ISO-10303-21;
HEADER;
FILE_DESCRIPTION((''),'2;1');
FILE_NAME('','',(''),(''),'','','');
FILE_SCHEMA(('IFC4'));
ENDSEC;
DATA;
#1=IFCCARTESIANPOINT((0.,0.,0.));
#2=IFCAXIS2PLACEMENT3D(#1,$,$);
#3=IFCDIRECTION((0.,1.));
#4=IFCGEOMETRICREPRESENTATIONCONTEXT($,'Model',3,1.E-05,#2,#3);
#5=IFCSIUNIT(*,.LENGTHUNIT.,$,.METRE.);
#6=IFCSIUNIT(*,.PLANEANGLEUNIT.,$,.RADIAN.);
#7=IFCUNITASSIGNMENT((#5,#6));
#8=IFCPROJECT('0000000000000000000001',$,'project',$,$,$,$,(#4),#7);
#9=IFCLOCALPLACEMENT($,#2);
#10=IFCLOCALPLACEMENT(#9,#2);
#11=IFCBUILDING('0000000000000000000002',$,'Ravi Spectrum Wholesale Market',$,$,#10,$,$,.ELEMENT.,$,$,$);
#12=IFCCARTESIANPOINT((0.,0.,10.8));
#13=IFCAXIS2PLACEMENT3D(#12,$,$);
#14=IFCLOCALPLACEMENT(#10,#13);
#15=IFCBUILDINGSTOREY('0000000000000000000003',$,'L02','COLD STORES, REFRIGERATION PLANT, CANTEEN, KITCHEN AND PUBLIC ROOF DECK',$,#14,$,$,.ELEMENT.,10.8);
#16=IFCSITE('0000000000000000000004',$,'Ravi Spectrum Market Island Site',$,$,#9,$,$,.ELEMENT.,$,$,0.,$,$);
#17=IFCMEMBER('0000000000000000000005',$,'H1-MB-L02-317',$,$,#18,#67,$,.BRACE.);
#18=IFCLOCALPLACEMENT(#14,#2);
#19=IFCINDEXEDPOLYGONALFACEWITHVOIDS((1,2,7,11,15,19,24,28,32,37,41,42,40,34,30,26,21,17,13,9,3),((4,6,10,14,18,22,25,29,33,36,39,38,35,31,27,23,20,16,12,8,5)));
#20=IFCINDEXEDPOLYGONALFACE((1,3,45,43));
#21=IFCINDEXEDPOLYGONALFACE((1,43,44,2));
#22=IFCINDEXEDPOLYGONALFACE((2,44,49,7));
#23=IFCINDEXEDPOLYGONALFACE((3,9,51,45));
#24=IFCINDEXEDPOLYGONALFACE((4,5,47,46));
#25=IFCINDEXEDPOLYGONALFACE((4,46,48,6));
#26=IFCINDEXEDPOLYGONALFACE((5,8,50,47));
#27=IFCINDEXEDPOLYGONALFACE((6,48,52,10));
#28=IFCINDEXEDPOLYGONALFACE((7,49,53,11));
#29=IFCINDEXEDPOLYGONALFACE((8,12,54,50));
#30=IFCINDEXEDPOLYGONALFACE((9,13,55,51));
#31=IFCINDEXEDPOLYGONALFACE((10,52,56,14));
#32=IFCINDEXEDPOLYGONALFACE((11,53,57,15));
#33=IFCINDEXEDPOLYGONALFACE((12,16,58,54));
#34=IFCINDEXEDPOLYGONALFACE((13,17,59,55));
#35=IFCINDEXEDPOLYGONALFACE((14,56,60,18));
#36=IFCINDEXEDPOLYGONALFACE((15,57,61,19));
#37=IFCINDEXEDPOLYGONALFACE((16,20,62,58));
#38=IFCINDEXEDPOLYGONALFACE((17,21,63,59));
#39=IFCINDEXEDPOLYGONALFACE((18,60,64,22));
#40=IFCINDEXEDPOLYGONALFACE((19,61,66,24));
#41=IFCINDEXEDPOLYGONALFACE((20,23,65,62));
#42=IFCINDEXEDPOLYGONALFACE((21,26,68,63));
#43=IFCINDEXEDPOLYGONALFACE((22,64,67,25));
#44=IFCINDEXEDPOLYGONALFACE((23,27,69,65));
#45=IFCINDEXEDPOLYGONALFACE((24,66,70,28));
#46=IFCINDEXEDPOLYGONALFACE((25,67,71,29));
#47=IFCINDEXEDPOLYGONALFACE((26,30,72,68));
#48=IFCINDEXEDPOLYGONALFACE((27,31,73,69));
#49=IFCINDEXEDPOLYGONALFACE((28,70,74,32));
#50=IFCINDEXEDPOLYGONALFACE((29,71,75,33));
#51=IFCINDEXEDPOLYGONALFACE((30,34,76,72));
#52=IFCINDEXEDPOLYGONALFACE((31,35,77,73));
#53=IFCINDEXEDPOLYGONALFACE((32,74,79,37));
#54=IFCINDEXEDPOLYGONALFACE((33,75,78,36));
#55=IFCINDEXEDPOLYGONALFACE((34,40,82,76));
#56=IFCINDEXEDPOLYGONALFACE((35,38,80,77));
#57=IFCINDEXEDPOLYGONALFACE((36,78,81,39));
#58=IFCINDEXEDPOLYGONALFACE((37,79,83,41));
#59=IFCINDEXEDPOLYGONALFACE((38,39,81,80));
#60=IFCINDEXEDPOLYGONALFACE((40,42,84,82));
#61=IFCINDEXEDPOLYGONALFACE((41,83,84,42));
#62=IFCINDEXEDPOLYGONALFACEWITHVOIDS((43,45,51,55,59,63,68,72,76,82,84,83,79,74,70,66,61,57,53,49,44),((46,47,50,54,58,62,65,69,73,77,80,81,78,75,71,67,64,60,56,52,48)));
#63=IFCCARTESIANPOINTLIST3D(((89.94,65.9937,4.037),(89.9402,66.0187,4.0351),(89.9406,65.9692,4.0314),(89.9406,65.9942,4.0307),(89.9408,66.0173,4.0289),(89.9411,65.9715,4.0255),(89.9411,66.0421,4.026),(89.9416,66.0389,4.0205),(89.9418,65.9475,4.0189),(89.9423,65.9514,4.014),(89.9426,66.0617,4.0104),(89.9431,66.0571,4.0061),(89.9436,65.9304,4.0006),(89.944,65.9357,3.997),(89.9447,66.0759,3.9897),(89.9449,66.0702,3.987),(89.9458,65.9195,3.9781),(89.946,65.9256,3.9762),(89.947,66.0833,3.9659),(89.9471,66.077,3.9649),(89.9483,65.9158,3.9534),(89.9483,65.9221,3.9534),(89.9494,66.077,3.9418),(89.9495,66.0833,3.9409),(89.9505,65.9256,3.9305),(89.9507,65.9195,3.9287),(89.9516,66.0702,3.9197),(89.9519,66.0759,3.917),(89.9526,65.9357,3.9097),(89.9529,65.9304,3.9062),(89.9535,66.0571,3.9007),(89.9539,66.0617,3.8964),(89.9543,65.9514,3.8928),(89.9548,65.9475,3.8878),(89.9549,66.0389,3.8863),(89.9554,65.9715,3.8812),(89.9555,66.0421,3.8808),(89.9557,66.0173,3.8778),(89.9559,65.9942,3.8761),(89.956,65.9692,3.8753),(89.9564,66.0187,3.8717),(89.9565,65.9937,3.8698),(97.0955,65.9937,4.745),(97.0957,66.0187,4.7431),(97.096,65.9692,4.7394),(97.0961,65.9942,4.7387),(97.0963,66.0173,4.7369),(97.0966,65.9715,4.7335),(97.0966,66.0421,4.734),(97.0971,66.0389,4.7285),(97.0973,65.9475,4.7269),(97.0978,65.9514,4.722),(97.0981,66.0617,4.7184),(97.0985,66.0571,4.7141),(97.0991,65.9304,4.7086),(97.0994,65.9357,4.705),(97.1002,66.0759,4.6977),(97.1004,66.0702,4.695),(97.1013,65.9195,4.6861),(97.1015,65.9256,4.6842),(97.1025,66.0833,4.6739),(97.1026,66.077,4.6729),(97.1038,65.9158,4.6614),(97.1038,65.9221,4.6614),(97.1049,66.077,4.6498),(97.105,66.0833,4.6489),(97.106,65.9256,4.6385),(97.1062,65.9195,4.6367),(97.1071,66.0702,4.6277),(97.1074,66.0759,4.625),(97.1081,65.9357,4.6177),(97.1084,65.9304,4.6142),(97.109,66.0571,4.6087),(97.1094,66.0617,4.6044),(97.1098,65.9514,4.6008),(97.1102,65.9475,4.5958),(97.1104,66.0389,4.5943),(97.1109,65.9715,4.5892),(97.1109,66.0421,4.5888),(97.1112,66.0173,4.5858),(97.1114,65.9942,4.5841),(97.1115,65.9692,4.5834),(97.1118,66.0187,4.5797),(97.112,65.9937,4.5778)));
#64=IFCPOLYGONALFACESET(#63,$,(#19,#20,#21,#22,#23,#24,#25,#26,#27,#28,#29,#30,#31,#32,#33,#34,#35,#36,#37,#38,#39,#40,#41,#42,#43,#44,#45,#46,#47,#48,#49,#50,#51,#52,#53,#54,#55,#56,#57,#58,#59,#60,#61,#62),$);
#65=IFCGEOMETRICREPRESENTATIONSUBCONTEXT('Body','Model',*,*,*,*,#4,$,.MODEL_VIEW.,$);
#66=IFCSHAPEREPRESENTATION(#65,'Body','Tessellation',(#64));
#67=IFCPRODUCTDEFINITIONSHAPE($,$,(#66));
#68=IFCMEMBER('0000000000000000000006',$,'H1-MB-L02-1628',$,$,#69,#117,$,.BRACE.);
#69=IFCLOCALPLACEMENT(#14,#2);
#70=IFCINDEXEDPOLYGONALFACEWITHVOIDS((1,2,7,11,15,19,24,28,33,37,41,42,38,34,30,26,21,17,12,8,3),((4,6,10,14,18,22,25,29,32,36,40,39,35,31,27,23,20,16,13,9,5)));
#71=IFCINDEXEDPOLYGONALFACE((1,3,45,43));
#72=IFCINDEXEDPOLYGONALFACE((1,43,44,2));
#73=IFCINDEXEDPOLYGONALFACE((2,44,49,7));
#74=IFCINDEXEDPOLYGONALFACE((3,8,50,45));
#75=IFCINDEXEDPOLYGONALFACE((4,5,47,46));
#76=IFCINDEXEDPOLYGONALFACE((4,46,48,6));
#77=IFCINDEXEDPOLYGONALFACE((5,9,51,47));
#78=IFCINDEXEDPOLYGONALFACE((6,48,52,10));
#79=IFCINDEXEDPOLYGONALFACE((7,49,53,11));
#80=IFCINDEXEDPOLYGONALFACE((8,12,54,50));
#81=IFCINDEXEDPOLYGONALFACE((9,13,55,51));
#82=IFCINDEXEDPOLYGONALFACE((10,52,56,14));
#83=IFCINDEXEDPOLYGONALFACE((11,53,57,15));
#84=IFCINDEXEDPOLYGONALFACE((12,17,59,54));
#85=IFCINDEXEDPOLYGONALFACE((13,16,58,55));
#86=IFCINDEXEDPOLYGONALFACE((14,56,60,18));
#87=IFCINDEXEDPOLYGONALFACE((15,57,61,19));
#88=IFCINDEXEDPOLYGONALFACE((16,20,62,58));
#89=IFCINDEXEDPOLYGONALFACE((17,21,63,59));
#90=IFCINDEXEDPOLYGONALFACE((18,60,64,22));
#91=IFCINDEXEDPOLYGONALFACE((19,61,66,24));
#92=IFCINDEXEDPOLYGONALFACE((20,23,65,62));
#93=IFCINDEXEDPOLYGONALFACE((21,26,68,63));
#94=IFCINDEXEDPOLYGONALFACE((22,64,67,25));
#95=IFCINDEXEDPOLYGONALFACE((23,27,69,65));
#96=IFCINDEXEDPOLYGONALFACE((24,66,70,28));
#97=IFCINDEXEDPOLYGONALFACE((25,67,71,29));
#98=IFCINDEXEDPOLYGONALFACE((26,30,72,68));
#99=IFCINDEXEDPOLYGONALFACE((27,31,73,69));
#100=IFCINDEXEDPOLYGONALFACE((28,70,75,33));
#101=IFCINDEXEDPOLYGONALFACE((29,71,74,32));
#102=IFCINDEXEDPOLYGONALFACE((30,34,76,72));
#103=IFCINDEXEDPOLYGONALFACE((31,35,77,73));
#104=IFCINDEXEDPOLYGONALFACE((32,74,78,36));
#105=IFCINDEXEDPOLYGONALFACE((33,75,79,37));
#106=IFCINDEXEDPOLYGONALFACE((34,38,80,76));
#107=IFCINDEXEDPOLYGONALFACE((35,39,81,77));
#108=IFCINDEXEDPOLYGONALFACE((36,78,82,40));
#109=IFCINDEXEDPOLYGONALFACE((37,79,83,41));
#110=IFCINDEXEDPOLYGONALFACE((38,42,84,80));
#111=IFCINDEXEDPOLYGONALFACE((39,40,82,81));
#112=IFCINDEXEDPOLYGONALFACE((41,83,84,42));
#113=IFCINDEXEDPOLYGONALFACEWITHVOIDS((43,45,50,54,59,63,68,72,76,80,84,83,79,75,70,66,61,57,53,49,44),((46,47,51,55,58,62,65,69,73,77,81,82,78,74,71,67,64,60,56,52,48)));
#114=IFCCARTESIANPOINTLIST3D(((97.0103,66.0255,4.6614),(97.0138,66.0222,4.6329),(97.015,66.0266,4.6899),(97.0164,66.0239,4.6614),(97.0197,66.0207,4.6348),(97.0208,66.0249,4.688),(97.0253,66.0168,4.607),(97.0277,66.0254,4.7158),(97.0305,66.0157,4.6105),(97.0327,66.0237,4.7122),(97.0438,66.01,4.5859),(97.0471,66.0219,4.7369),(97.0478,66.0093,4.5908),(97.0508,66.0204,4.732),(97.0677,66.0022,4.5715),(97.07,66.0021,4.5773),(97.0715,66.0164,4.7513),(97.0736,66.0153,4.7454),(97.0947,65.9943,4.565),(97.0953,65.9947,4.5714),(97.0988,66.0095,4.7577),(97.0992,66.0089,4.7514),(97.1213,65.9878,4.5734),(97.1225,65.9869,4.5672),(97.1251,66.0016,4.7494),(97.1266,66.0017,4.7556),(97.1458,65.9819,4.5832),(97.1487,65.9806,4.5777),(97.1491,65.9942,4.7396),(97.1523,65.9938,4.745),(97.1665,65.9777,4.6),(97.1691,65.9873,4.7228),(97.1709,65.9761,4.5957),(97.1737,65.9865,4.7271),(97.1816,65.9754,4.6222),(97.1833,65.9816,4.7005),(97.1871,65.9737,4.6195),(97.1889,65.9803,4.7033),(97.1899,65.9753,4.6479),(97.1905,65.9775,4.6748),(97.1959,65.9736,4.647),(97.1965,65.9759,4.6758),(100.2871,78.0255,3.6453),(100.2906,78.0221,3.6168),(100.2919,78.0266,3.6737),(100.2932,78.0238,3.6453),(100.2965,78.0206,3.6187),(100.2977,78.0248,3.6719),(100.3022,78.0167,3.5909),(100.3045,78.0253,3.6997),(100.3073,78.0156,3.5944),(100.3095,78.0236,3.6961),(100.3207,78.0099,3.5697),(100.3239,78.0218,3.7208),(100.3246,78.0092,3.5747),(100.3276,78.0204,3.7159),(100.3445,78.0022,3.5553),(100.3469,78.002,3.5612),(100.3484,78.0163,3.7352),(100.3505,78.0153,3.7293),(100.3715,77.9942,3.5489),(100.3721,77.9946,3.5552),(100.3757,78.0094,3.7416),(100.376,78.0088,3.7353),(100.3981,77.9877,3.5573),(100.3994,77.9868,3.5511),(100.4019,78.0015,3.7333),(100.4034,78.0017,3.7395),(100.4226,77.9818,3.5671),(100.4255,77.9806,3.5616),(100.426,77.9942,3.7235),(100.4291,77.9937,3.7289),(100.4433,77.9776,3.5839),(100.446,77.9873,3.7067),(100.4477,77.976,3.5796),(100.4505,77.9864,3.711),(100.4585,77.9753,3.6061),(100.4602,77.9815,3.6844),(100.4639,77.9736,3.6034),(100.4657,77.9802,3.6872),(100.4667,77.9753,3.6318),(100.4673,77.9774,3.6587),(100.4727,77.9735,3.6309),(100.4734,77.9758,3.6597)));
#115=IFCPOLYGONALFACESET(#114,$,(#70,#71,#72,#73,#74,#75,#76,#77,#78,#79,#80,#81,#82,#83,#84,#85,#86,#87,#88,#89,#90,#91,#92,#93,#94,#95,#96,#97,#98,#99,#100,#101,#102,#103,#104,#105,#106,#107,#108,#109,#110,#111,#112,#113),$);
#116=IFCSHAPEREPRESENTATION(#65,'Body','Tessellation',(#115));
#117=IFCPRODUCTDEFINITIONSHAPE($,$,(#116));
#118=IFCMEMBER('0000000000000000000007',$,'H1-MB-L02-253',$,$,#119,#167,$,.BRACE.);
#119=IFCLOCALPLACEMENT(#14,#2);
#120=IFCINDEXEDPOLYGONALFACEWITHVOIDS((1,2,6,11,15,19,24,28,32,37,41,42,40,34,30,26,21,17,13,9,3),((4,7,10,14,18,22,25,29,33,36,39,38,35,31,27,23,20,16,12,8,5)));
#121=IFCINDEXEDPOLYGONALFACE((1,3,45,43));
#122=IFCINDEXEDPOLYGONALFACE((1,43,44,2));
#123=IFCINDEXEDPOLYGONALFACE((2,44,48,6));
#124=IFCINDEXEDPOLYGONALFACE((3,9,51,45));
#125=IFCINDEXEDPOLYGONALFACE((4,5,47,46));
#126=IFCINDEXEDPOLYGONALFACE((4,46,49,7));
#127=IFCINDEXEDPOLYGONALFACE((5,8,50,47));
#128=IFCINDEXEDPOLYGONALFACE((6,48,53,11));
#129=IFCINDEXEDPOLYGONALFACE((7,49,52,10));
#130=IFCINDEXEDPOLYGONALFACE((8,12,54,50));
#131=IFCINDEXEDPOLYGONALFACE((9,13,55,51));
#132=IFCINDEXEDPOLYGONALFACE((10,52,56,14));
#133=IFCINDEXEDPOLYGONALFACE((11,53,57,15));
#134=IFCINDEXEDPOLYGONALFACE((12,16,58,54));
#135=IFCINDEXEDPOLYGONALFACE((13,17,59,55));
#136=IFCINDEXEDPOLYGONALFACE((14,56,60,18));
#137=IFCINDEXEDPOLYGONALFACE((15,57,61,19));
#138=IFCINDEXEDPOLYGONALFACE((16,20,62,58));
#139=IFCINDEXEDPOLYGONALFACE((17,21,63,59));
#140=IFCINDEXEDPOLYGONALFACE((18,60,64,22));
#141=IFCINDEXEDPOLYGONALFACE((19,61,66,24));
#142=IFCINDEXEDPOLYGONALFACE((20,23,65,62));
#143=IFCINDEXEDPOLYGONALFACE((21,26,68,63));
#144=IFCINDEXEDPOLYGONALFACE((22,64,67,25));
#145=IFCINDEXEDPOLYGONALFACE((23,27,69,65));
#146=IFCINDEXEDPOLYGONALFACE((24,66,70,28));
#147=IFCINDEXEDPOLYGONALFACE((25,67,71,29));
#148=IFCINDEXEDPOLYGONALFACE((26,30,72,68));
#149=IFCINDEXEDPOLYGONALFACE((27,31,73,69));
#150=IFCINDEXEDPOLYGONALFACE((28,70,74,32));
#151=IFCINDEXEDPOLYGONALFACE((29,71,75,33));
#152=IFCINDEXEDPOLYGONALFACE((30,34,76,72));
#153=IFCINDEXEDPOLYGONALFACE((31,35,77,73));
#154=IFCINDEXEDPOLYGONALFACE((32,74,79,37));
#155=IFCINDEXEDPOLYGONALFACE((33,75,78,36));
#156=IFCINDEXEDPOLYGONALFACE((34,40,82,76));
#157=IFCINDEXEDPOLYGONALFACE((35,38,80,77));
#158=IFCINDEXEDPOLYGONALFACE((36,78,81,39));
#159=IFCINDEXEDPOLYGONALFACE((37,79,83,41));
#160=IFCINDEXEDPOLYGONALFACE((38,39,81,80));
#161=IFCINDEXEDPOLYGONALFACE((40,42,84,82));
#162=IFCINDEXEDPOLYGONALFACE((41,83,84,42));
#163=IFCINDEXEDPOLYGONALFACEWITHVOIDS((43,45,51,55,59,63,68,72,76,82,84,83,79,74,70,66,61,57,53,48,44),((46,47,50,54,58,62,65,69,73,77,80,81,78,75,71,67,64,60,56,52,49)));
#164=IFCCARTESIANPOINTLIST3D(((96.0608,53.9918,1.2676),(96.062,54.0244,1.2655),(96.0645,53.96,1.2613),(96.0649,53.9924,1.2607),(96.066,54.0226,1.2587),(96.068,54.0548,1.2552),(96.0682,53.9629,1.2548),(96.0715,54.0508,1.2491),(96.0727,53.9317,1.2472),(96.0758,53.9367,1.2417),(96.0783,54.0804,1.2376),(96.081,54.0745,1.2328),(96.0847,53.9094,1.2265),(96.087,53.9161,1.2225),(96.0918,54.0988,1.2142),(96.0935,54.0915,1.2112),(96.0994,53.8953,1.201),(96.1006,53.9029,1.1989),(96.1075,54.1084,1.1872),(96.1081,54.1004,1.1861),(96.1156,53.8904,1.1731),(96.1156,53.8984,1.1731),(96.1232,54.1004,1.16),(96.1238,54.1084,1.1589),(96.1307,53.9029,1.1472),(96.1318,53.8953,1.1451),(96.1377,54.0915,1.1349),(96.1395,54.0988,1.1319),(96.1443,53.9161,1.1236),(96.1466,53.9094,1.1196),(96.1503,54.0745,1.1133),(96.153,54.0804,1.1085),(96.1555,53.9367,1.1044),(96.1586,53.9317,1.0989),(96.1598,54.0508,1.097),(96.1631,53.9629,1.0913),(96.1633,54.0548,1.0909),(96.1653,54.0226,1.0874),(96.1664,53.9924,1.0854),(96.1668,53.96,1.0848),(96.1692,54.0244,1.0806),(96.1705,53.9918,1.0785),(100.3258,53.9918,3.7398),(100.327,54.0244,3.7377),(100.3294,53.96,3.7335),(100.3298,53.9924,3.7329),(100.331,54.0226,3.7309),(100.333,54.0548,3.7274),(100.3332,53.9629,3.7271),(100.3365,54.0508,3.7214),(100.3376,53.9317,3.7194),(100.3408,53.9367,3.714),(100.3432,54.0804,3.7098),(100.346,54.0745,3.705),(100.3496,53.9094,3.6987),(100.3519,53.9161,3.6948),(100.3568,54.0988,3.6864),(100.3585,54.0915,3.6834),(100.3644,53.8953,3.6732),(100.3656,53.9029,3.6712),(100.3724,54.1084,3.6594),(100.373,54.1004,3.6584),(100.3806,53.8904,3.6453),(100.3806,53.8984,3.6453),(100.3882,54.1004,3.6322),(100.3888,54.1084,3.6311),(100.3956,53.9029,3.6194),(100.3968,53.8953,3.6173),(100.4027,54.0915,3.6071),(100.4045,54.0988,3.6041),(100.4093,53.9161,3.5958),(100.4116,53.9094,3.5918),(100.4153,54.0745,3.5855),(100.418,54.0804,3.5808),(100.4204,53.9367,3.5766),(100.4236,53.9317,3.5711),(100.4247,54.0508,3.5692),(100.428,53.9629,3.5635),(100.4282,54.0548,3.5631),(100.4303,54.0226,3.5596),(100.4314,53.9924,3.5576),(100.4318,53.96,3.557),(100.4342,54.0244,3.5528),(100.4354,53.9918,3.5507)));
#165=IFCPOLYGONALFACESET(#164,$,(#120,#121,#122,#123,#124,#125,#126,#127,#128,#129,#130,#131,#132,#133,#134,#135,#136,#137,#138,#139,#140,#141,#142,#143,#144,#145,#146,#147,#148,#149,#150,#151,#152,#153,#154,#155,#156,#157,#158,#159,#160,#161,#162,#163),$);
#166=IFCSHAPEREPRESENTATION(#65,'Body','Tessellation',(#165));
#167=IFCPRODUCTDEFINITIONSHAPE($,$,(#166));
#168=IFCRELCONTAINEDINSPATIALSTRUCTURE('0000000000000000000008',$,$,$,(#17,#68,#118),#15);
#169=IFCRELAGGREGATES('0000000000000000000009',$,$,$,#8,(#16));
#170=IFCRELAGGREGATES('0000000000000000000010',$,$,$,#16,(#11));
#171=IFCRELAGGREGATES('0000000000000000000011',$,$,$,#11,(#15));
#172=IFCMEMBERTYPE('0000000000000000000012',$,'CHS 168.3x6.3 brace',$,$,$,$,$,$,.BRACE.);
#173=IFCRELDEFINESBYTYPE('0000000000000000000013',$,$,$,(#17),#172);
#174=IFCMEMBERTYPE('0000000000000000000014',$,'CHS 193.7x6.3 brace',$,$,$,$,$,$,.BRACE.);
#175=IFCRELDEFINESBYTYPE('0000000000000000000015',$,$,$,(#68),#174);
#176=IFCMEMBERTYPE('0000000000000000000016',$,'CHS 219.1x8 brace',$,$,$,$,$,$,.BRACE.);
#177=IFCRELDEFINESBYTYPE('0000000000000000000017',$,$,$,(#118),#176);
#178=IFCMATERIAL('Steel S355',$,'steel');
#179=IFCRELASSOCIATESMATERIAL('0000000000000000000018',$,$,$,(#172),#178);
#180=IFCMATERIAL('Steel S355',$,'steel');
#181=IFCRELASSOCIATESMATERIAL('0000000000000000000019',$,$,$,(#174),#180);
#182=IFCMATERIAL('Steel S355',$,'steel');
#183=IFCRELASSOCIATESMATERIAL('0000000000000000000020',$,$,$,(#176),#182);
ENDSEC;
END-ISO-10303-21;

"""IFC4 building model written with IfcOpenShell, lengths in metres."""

from ifc_helpers import new_model, si_unit, direction, frame, origin, origin_2d, place, context, subcontext, project, spatial, hollow_circle, extrude, material, material_profile, profile_set, type_object, element, save


model = new_model("IFC4")

# Units and contexts
model_context = context("Model", 3, precision=1e-05, world=origin(), true_north=direction((0.0, 1.0)))
body_context = subcontext(model_context, "Body", "Model", "MODEL_VIEW")
ifc_project = project(units=[si_unit("LENGTHUNIT", "METRE"), si_unit("PLANEANGLEUNIT", "RADIAN")], contexts=[model_context])

# Site, building, storey
site_placement = place(None, origin())
site = spatial("IfcSite", under=ifc_project, at=site_placement, Name="Ravi Spectrum Market Island Site", CompositionType="ELEMENT", RefElevation=0.0)
building_placement = place(site_placement, origin())
building = spatial("IfcBuilding", under=site, at=building_placement, Name="Ravi Spectrum Wholesale Market", CompositionType="ELEMENT")
storey_placement = place(building_placement, frame((0.0, 0.0, 10.8)))
storey = spatial("IfcBuildingStorey", under=building, at=storey_placement, Name="L02", Description="COLD STORES, REFRIGERATION PLANT, CANTEEN, KITCHEN AND PUBLIC ROOF DECK", CompositionType="ELEMENT", Elevation=10.8)

# Members
ifc_material_1 = material(Name="Steel S355", Category="steel")
ifc_material_profile_1 = material_profile(ifc_material_1, hollow_circle(Radius=0.0842, WallThickness=0.0063, at=origin_2d()))
ifc_profile_set_1 = profile_set([ifc_material_profile_1], Name="Steel S355")
member_type_1 = type_object("IfcMemberType", Name="CHS 168.3x6.3 brace", PredefinedType="BRACE", material=ifc_profile_set_1)
member_1_placement = place(storey_placement, frame((97.1038, 66.0, 4.6614), z_axis=(-0.995141, 0.0, -0.098465), x_axis=(0.0, -1.0, 0.0)))
element("IfcMember", 1, at=member_1_placement, inside=storey, type_object=member_type_1, Name="H1-MB-L02-317", PredefinedType="BRACE", context=body_context, shape_type="SweptSolid", body=[
    extrude(hollow_circle(Radius=0.0842, WallThickness=0.0063, at=origin_2d()), origin(), (0.0, 0.0, 1.0), 7.1904),
])
ifc_material_2 = material(Name="Steel S355", Category="steel")
ifc_material_profile_2 = material_profile(ifc_material_2, hollow_circle(Radius=0.0969, WallThickness=0.0063, at=origin_2d()))
ifc_profile_set_2 = profile_set([ifc_material_profile_2], Name="Steel S355")
member_type_2 = type_object("IfcMemberType", Name="CHS 193.7x6.3 brace", PredefinedType="BRACE", material=ifc_profile_set_2)
member_2_placement = place(storey_placement, frame((97.1038, 66.0, 4.6614), z_axis=(0.262552, 0.961477, -0.081414), x_axis=(-0.96468, 0.263426, 0.0)))
element("IfcMember", 2, at=member_2_placement, inside=storey, type_object=member_type_2, Name="H1-MB-L02-1628", PredefinedType="BRACE", context=body_context, shape_type="SweptSolid", body=[
    extrude(hollow_circle(Radius=0.0969, WallThickness=0.0063, at=origin_2d()), origin(), (0.0, 0.0, 1.0), 12.4807),
])
ifc_material_3 = material(Name="Steel S355", Category="steel")
ifc_material_profile_3 = material_profile(ifc_material_3, hollow_circle(Radius=0.1096, WallThickness=0.0081, at=origin_2d()))
ifc_profile_set_3 = profile_set([ifc_material_profile_3], Name="Steel S355")
member_type_3 = type_object("IfcMemberType", Name="CHS 219.1x8 brace", PredefinedType="BRACE", material=ifc_profile_set_3)
member_3_placement = place(storey_placement, frame((100.3806, 54.0, 3.6453), z_axis=(-0.865161, 0.0, -0.501495), x_axis=(0.0, -1.0, 0.0)))
element("IfcMember", 3, at=member_3_placement, inside=storey, type_object=member_type_3, Name="H1-MB-L02-253", PredefinedType="BRACE", context=body_context, shape_type="SweptSolid", body=[
    extrude(hollow_circle(Radius=0.1096, WallThickness=0.0081, at=origin_2d()), origin(), (0.0, 0.0, 1.0), 4.9297),
])

save(model, "model.ifc")
